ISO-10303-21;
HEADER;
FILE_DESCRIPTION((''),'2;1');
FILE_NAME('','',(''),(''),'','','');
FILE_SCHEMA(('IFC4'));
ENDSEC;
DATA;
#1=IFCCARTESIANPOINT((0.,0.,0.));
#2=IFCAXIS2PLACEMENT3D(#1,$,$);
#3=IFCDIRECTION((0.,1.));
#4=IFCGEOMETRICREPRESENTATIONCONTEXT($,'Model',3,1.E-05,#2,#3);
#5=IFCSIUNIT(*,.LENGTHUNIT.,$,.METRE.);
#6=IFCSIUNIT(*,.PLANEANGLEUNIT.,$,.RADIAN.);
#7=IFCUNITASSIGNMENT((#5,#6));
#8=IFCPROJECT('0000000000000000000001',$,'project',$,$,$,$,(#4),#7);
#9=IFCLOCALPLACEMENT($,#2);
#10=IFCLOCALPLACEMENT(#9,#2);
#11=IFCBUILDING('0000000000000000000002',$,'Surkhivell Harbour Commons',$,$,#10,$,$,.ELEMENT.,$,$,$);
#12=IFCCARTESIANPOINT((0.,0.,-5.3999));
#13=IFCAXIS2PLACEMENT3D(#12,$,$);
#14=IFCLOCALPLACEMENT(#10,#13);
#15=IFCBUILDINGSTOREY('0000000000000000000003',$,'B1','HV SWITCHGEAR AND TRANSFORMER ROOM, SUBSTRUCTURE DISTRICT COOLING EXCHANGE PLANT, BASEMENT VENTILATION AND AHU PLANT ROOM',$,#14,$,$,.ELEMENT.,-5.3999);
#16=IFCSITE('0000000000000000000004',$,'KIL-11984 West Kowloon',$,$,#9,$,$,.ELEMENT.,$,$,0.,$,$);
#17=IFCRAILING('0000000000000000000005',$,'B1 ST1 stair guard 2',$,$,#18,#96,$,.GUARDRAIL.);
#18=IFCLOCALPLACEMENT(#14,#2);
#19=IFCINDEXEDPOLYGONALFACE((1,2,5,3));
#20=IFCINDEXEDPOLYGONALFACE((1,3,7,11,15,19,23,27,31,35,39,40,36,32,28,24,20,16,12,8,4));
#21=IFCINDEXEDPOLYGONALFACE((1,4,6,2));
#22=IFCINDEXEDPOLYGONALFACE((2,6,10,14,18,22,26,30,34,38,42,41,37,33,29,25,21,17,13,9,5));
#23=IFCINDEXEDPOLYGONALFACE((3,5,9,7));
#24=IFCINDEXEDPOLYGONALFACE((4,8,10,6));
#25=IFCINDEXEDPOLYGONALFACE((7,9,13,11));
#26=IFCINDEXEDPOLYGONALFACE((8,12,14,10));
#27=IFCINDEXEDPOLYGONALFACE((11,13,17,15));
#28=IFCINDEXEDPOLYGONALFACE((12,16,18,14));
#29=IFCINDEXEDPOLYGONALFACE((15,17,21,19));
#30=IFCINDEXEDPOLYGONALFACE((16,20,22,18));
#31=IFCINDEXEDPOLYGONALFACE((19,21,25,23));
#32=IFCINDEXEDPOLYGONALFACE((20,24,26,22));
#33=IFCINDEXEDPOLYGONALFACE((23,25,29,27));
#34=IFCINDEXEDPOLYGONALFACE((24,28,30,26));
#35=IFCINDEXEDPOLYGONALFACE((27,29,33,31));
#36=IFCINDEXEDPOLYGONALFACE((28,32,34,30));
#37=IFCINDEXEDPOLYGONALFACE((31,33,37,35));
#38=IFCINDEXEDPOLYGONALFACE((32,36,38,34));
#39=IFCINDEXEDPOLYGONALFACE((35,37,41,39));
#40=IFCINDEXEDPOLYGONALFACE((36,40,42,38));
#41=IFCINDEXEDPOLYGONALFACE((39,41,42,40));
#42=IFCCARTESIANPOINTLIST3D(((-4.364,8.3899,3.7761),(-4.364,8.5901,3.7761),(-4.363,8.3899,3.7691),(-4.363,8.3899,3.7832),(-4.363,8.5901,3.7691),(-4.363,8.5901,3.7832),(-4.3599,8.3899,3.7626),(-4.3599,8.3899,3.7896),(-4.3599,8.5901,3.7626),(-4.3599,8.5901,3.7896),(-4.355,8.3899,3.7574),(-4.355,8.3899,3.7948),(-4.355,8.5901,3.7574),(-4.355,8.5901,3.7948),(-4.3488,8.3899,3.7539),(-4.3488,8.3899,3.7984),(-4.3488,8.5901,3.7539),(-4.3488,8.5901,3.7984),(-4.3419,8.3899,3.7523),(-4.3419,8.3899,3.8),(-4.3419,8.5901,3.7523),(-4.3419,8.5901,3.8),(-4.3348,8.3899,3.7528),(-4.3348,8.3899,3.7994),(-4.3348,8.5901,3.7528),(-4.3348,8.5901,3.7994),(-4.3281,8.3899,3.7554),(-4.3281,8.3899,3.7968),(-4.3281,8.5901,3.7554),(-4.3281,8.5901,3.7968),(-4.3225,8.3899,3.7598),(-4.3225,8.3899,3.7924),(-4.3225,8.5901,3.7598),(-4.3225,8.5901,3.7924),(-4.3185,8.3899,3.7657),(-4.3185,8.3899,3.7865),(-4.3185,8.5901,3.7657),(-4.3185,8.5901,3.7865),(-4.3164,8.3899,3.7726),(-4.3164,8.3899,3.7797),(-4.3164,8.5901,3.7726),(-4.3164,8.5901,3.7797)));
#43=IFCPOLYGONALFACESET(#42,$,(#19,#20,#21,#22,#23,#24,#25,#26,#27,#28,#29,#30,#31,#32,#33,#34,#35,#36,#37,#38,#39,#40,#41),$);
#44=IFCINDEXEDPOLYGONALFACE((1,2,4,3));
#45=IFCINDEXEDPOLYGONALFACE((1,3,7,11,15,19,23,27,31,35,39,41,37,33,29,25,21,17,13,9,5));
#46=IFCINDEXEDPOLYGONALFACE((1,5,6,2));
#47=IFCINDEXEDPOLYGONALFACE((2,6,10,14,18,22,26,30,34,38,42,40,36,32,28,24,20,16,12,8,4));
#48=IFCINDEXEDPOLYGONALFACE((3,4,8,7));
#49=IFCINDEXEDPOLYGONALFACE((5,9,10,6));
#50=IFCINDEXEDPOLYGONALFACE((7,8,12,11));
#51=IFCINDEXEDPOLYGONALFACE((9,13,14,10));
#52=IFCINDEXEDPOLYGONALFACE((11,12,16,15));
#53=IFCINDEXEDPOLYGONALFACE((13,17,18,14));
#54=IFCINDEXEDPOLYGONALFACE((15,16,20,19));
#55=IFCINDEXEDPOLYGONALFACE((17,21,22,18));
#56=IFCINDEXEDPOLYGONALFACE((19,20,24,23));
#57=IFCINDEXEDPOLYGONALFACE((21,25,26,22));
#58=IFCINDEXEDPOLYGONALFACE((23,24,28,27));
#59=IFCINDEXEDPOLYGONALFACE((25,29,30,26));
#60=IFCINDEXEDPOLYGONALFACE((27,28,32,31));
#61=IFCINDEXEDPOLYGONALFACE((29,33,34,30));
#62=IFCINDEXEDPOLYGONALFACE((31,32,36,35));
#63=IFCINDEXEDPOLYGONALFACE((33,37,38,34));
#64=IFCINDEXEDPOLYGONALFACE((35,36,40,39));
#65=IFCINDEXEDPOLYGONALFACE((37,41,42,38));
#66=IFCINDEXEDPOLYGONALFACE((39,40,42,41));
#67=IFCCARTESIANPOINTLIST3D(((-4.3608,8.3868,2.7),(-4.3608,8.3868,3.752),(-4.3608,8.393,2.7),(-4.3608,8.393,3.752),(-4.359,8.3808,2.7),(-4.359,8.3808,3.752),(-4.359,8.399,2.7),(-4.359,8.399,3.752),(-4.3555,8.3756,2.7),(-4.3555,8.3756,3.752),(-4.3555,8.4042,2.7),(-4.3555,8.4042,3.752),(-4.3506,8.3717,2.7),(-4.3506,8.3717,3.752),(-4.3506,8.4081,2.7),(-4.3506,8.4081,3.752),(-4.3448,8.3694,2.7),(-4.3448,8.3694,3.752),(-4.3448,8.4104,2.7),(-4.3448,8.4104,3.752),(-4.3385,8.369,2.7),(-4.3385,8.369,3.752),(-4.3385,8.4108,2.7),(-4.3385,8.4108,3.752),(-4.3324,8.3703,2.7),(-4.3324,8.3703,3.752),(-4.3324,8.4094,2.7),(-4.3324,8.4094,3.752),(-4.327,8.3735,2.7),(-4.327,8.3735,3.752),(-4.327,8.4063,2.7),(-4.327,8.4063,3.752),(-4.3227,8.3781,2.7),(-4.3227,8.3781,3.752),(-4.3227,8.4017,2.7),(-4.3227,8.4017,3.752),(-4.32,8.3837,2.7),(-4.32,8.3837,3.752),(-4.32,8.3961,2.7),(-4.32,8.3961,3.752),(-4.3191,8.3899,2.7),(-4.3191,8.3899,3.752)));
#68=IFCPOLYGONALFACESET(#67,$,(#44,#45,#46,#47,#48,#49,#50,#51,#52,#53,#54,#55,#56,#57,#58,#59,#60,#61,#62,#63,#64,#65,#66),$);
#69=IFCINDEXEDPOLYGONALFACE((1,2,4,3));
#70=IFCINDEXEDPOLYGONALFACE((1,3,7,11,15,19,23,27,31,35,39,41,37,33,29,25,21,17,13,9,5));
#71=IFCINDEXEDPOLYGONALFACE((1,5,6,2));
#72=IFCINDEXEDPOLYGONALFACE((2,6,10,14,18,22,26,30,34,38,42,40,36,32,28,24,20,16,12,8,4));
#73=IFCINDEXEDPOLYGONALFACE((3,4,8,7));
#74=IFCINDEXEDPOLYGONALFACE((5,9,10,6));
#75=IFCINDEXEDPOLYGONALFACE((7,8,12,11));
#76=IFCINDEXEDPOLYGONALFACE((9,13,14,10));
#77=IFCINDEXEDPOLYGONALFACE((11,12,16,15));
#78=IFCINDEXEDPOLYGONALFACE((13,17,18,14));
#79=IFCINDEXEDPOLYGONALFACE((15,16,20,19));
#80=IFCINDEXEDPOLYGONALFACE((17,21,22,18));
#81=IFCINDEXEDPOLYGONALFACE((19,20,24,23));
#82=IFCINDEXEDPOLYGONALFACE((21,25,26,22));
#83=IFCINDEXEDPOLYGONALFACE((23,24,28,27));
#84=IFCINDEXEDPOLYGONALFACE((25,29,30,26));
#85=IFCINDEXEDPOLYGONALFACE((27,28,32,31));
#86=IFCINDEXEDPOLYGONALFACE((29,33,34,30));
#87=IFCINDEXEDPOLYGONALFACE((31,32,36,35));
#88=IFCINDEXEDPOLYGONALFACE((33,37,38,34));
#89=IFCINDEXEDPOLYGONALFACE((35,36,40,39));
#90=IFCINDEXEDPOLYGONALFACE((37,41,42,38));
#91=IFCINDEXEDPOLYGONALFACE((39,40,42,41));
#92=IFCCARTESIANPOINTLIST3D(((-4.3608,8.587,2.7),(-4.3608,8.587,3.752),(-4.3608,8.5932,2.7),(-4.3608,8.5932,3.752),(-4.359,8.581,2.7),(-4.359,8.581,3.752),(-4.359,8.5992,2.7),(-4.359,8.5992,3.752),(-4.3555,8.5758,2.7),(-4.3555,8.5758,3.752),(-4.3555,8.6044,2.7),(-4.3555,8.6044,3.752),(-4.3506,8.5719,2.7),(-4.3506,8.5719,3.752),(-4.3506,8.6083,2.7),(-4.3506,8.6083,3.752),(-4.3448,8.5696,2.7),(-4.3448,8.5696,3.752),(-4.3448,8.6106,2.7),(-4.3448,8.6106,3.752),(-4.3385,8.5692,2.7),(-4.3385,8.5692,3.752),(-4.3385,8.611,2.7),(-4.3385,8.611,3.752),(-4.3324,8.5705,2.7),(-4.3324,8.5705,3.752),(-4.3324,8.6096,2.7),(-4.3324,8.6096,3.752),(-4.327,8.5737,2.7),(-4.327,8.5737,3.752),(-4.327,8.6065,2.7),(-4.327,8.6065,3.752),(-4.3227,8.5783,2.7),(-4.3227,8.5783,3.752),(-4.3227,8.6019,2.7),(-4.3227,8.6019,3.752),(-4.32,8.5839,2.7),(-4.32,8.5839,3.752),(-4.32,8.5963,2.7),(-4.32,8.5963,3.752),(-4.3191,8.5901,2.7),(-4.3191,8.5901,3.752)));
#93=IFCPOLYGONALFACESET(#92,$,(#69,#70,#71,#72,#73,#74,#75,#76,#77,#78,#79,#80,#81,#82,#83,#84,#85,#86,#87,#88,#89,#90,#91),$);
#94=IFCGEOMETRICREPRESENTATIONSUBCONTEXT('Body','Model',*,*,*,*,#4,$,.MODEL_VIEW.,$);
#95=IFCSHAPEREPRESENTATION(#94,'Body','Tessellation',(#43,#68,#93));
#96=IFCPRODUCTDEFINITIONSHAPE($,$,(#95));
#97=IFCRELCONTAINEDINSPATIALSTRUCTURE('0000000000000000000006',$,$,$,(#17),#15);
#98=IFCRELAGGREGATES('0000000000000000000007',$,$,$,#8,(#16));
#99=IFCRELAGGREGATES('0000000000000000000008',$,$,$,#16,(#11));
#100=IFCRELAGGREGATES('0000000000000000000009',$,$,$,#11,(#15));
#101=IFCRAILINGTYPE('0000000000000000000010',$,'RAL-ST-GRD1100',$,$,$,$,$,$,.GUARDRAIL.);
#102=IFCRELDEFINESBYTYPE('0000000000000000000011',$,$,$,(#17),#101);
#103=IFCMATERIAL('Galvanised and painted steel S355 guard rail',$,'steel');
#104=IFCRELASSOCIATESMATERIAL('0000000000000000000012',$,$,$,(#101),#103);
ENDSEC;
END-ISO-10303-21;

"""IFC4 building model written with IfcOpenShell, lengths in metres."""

from ifc_helpers import new_model, si_unit, direction, frame, origin, origin_2d, place, context, subcontext, project, spatial, circle, extrude, material, type_object, element, save


model = new_model("IFC4")

# Units and contexts
model_context = context("Model", 3, precision=1e-05, world=origin(), true_north=direction((0.0, 1.0)))
body_context = subcontext(model_context, "Body", "Model", "MODEL_VIEW")
ifc_project = project(units=[si_unit("LENGTHUNIT", "METRE"), si_unit("PLANEANGLEUNIT", "RADIAN")], contexts=[model_context])

# Site, building, storey
site_placement = place(None, origin())
site = spatial("IfcSite", under=ifc_project, at=site_placement, Name="KIL-11984 West Kowloon", CompositionType="ELEMENT", RefElevation=0.0)
building_placement = place(site_placement, origin())
building = spatial("IfcBuilding", under=site, at=building_placement, Name="Surkhivell Harbour Commons", CompositionType="ELEMENT")
storey_placement = place(building_placement, frame((0.0, 0.0, -5.3999)))
storey = spatial("IfcBuildingStorey", under=building, at=storey_placement, Name="B1", Description="HV SWITCHGEAR AND TRANSFORMER ROOM, SUBSTRUCTURE DISTRICT COOLING EXCHANGE PLANT, BASEMENT VENTILATION AND AHU PLANT ROOM", CompositionType="ELEMENT", Elevation=-5.3999)

# Railing
ifc_material_1 = material(Name="Galvanised and painted steel S355 guard rail", Category="steel")
railing_type_1 = type_object("IfcRailingType", Name="RAL-ST-GRD1100", PredefinedType="GUARDRAIL", material=ifc_material_1)
railing_1_placement = place(storey_placement, frame((-4.3401, 8.3899, 2.7)))
element("IfcRailing", 1, at=railing_1_placement, inside=storey, type_object=railing_type_1, Name="B1 ST1 stair guard 2", PredefinedType="GUARDRAIL", context=body_context, shape_type="SweptSolid", body=[
    extrude(circle(Radius=0.0239, at=origin_2d()), frame((0.0, 0.0, 1.0762), z_axis=(0.0, 1.0, 0.0), x_axis=(-1.0, 0.0, 0.0)), (0.0, 0.0, 1.0), 0.2002),
    extrude(circle(Radius=0.021, at=origin_2d()), origin(), (0.0, 0.0, 1.0), 1.052),
    extrude(circle(Radius=0.021, at=origin_2d()), frame((0.0, 0.2002, 0.0)), (0.0, 0.0, 1.0), 1.052),
])

save(model, "model.ifc")
